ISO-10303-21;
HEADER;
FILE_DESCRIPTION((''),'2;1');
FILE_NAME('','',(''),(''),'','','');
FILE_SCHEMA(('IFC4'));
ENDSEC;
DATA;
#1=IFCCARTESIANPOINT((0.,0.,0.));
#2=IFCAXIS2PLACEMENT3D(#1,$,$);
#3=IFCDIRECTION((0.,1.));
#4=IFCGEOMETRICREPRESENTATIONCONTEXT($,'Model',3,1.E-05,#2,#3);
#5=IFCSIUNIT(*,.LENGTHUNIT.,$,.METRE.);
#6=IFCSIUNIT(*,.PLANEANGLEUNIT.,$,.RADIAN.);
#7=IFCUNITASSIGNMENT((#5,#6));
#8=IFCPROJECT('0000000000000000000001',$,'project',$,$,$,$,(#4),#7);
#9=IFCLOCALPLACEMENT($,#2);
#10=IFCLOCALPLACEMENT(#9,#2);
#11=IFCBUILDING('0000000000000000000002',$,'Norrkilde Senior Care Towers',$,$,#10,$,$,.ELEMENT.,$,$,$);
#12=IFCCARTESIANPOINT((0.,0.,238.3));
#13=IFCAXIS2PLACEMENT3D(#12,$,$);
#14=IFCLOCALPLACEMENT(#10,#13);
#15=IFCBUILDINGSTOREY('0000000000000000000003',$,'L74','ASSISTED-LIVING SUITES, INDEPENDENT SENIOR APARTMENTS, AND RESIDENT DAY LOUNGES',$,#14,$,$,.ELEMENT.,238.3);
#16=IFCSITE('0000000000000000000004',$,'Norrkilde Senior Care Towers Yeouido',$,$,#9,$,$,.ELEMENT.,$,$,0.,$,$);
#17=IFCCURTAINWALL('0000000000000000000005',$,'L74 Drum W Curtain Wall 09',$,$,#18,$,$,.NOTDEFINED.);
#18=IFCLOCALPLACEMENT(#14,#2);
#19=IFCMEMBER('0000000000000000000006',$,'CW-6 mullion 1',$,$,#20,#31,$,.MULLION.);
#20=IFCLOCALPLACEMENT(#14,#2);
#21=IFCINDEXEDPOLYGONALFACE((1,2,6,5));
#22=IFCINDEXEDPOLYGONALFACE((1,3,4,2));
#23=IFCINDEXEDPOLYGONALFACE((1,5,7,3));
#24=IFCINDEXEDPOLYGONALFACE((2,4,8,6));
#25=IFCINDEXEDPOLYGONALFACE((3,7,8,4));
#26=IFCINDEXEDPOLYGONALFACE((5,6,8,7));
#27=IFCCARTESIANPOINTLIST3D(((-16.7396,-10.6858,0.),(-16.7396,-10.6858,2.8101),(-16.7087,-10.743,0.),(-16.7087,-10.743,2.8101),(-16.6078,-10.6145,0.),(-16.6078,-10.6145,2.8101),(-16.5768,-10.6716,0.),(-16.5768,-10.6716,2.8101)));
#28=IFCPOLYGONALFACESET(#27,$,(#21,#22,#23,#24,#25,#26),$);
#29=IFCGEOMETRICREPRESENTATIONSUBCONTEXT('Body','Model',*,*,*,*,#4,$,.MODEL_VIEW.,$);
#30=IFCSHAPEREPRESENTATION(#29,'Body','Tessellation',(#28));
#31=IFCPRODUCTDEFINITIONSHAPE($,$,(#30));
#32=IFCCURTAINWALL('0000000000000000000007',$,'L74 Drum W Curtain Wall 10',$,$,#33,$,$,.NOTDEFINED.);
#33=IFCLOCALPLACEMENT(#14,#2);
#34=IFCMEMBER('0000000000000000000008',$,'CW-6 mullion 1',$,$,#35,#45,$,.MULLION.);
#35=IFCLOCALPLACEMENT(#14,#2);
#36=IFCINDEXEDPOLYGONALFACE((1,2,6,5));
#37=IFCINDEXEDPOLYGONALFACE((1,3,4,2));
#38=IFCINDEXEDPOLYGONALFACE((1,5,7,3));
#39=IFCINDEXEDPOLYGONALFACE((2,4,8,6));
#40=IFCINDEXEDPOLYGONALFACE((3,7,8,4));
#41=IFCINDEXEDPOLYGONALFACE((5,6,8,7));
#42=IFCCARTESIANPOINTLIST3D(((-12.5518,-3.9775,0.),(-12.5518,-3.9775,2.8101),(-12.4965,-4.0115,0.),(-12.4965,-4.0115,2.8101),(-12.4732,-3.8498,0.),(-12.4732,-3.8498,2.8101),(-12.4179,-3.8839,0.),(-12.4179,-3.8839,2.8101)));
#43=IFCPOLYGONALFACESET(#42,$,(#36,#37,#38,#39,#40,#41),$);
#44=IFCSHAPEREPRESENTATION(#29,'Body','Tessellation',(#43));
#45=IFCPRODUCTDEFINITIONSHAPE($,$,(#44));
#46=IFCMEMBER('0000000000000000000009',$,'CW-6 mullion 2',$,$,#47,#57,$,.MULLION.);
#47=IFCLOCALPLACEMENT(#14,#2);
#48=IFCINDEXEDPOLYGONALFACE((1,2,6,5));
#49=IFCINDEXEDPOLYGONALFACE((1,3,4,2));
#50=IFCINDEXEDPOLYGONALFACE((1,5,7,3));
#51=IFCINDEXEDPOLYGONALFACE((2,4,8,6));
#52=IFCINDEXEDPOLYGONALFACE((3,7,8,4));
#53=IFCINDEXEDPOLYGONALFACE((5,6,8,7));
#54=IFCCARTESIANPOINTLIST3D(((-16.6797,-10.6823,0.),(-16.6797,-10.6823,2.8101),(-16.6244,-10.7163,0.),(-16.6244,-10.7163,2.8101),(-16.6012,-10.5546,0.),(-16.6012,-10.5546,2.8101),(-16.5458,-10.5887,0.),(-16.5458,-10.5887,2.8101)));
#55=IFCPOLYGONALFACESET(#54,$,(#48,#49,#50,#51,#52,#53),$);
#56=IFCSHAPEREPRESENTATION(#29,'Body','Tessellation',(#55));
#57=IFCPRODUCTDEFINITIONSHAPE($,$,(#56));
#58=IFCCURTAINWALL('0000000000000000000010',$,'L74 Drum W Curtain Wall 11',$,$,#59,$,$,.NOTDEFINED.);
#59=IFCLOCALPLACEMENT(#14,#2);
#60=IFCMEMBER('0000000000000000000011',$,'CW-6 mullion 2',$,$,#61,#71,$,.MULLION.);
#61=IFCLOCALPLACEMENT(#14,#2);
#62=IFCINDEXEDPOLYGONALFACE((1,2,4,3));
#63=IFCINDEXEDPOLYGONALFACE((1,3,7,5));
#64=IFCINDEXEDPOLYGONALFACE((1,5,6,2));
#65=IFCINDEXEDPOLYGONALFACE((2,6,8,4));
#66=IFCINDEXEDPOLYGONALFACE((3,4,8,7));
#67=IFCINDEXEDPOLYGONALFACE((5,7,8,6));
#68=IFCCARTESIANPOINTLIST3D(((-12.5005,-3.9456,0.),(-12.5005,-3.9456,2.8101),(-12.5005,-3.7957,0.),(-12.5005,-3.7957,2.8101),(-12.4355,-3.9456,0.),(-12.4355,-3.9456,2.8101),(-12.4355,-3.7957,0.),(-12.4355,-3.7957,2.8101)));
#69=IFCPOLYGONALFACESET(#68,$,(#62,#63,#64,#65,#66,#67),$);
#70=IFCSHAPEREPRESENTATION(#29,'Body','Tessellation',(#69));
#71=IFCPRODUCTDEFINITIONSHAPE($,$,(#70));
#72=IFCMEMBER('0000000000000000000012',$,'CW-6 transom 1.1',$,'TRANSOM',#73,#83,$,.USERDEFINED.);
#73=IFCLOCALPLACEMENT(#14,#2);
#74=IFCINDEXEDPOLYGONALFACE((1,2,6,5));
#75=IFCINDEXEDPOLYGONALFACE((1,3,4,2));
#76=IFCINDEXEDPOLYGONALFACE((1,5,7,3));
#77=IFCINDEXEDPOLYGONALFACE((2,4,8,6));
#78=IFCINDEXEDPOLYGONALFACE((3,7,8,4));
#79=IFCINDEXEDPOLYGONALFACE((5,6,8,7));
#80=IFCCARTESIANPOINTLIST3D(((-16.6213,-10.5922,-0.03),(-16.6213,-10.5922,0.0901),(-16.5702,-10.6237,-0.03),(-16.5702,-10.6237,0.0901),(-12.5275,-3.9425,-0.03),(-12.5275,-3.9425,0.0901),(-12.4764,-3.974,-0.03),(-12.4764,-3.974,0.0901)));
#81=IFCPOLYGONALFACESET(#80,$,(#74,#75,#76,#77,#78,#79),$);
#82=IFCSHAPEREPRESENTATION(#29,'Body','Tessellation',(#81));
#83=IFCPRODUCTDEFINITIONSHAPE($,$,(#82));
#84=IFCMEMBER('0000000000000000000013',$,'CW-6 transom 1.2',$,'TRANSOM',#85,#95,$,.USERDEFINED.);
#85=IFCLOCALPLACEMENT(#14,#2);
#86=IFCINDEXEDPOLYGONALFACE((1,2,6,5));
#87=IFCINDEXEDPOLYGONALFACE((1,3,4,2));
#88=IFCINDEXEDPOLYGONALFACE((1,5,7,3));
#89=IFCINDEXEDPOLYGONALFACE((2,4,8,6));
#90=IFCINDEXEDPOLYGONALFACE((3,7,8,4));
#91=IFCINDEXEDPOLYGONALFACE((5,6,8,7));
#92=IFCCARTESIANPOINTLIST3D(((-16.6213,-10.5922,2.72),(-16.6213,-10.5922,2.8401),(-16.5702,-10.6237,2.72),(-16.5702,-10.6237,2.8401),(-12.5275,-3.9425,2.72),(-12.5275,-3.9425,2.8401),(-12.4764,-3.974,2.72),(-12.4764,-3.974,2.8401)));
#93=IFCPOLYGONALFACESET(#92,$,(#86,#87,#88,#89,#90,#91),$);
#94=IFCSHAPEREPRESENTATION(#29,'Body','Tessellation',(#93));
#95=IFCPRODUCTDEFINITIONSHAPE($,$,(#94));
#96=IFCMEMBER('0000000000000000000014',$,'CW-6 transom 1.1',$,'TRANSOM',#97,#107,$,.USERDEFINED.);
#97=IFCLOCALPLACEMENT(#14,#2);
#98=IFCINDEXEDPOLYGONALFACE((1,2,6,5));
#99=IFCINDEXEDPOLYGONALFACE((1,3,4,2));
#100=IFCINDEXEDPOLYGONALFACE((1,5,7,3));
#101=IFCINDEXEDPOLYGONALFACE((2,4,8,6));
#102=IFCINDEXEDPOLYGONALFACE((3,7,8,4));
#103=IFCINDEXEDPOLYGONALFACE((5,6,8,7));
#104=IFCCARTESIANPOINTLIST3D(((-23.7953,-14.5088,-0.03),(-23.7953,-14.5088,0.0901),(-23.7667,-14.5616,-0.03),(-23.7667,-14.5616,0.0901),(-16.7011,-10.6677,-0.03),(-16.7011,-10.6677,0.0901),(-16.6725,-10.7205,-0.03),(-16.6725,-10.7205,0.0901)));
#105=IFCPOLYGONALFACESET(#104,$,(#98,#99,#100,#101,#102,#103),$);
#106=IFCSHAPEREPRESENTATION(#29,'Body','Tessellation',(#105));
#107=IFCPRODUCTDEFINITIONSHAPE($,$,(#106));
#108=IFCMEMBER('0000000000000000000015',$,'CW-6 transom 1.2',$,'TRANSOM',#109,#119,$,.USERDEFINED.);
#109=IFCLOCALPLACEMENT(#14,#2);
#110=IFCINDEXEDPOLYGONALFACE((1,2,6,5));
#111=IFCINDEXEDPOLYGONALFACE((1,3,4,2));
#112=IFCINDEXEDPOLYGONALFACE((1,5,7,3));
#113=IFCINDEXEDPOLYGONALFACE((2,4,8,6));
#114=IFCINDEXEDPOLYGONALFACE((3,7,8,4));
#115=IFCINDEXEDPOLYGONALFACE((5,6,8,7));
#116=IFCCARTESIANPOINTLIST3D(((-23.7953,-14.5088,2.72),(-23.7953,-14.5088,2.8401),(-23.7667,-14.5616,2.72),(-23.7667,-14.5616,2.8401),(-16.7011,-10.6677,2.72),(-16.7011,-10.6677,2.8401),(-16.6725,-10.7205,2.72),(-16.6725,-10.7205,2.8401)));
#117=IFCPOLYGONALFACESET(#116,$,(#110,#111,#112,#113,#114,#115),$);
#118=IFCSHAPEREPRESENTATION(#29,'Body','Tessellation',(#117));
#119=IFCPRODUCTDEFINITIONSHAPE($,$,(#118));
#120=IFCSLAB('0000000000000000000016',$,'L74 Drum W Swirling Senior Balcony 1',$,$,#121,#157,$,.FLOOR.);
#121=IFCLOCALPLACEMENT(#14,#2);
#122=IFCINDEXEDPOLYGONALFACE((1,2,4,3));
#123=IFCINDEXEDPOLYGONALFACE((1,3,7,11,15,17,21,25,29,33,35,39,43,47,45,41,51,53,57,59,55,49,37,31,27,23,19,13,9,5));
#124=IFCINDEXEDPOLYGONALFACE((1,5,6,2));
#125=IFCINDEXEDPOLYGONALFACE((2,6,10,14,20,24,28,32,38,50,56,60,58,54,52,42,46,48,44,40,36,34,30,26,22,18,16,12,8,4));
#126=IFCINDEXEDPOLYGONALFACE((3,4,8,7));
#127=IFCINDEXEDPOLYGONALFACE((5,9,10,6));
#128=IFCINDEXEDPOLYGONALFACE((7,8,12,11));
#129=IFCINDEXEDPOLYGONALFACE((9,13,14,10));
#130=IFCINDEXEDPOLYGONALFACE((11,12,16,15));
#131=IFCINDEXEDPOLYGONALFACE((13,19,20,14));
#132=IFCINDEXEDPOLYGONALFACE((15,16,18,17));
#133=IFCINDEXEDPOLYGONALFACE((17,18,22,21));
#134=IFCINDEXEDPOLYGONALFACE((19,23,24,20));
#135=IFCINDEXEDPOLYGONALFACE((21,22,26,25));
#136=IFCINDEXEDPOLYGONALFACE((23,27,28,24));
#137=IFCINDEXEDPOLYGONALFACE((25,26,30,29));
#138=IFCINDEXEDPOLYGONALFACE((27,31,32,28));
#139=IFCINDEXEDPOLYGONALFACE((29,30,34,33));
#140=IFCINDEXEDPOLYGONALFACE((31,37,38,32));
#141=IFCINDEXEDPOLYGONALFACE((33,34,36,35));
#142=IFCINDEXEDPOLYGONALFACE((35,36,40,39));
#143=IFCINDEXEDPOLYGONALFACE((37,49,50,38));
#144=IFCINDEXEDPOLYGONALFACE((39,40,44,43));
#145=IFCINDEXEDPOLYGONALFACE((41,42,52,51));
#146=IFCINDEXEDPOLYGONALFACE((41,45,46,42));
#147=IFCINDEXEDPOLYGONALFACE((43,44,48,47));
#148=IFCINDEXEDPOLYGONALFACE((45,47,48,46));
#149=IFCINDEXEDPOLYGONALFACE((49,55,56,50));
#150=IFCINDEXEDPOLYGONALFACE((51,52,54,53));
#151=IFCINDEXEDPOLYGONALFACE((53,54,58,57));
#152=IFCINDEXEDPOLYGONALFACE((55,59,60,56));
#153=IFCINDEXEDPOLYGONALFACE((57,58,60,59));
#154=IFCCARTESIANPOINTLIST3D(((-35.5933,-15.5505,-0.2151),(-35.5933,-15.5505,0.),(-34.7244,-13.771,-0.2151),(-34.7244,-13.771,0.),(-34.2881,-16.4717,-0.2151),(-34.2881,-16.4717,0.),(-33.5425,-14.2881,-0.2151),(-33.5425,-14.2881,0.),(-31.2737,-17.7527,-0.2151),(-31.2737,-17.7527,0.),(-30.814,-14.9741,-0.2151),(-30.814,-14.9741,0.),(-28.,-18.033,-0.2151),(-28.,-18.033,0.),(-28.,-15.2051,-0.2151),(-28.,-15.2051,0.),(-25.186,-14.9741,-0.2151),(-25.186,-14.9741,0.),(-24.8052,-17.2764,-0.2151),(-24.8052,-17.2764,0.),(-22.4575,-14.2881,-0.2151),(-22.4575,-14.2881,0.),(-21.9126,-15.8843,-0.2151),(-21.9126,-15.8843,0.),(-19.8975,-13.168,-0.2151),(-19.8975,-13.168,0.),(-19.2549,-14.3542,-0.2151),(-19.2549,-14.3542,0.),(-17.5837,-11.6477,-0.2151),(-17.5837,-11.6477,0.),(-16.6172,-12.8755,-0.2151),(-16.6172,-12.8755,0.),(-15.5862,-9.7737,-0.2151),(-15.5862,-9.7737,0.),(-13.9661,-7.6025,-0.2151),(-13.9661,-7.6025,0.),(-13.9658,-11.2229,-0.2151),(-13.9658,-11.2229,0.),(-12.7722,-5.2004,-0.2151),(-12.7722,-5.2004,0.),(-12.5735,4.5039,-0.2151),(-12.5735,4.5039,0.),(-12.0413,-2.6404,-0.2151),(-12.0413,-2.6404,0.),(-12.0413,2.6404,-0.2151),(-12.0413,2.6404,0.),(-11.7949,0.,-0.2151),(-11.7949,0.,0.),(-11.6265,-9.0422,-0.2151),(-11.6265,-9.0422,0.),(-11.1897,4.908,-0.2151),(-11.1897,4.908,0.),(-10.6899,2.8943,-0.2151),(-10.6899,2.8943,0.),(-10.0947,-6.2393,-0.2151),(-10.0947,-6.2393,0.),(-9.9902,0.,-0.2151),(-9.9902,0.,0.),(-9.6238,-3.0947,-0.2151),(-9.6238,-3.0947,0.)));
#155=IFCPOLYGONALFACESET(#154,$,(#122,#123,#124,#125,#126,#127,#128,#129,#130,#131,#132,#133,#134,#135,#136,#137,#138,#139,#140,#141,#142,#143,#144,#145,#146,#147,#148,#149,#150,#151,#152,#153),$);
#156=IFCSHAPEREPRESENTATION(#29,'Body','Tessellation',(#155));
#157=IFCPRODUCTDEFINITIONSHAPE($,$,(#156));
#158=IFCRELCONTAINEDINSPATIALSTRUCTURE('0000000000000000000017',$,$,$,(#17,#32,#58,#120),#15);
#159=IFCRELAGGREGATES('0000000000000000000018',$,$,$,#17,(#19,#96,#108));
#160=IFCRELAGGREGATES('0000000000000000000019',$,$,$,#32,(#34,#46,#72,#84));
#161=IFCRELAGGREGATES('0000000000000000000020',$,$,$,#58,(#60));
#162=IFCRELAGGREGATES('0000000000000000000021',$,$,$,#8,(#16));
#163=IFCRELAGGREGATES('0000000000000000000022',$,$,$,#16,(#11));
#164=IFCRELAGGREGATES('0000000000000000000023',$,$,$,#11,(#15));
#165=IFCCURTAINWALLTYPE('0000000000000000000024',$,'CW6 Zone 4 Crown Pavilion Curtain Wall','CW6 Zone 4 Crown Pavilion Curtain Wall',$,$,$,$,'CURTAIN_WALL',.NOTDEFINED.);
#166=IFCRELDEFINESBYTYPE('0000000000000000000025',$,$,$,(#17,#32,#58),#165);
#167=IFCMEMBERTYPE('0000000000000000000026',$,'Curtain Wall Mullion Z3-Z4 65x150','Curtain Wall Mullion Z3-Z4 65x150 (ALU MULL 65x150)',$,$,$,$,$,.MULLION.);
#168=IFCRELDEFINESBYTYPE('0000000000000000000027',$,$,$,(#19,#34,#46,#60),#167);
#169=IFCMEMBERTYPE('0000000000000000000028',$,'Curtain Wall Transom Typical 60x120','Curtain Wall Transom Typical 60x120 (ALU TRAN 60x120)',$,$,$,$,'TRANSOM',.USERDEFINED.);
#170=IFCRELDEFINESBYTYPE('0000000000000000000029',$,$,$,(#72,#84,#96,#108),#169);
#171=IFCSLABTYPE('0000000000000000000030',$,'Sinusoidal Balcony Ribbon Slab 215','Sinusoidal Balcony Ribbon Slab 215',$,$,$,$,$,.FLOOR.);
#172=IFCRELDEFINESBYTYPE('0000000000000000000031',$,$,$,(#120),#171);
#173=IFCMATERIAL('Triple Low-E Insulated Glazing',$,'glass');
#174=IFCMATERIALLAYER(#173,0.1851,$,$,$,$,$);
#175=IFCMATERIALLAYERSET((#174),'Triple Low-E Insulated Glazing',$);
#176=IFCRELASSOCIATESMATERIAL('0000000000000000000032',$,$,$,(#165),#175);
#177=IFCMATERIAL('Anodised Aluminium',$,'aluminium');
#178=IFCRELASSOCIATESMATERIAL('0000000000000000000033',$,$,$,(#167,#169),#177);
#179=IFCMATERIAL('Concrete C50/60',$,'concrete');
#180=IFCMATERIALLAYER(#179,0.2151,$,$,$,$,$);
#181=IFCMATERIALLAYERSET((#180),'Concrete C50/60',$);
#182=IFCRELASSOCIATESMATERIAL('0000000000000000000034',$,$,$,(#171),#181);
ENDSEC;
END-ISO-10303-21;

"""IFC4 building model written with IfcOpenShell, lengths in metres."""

from ifc_helpers import new_model, si_unit, direction, frame, origin, origin_2d, place, context, subcontext, project, spatial, polyline, rectangle, outline, extrude, source, transform, mapped, material, layer, layer_set, material_profile, profile_set, type_object, type_shapes, element, aggregate, save


model = new_model("IFC4")

# Units and contexts
model_context = context("Model", 3, precision=1e-05, world=origin(), true_north=direction((0.0, 1.0)))
body_context = subcontext(model_context, "Body", "Model", "MODEL_VIEW")
ifc_project = project(units=[si_unit("LENGTHUNIT", "METRE"), si_unit("PLANEANGLEUNIT", "RADIAN")], contexts=[model_context])

# Site, building, storey
site_placement = place(None, origin())
site = spatial("IfcSite", under=ifc_project, at=site_placement, Name="Norrkilde Senior Care Towers Yeouido", CompositionType="ELEMENT", RefElevation=0.0)
building_placement = place(site_placement, origin())
building = spatial("IfcBuilding", under=site, at=building_placement, Name="Norrkilde Senior Care Towers", CompositionType="ELEMENT")
storey_placement = place(building_placement, frame((0.0, 0.0, 238.3)))
storey = spatial("IfcBuildingStorey", under=building, at=storey_placement, Name="L74", Description="ASSISTED-LIVING SUITES, INDEPENDENT SENIOR APARTMENTS, AND RESIDENT DAY LOUNGES", CompositionType="ELEMENT", Elevation=238.3)

# Shared definitions
ifc_material_1 = material(Name="Concrete C50/60", Category="concrete")

# Curtain wall, member
ifc_material_2 = material(Name="Triple Low-E Insulated Glazing", Category="glass")
ifc_layer_1 = layer(ifc_material_2, 0.1851)
ifc_layer_set_1 = layer_set([ifc_layer_1], Name="Triple Low-E Insulated Glazing")
curtain_wall_type = type_object("IfcCurtainWallType", Name="CW6 Zone 4 Crown Pavilion Curtain Wall", Description="CW6 Zone 4 Crown Pavilion Curtain Wall", ElementType="CURTAIN_WALL", PredefinedType="NOTDEFINED", material=ifc_layer_set_1)
curtain_wall_1_placement = place(storey_placement, origin())
curtain_wall_1 = element("IfcCurtainWall", 1, at=curtain_wall_1_placement, inside=storey, type_object=curtain_wall_type, Name="L74 Drum W Curtain Wall 09", PredefinedType="NOTDEFINED")
ifc_material_3 = material(Name="Anodised Aluminium", Category="aluminium")
ifc_material_profile_1 = material_profile(ifc_material_3, rectangle(XDim=0.0649, YDim=0.1499, at=origin_2d()), Name="ALU MULL 65x150")
ifc_profile_set_1 = profile_set([ifc_material_profile_1], Name="Anodised Aluminium")
member_type_1 = type_object("IfcMemberType", Name="Curtain Wall Mullion Z3-Z4 65x150", Description="Curtain Wall Mullion Z3-Z4 65x150 (ALU MULL 65x150)", PredefinedType="MULLION", material=ifc_profile_set_1)
shared_shape_1 = source(origin(), body_context, "Body", "SweptSolid", [
    extrude(rectangle(XDim=0.0649, YDim=0.1499, at=origin_2d()), origin(), (0.0, 0.0, 1.0), 2.8101),
])
type_shapes(member_type_1, [shared_shape_1])
member_1_placement = place(storey_placement, frame((-16.6582, -10.6787, 0.0), z_axis=(0.0, 0.0, 1.0), x_axis=(0.476133, -0.879373, 0.0)))
member_1 = element("IfcMember", 2, at=member_1_placement, type_object=member_type_1, Name="CW-6 mullion 1", PredefinedType="MULLION", context=body_context, shape_type="MappedRepresentation", body=[
    mapped(shared_shape_1, transform((0.0, 0.0, 0.0), x_axis=(1.0, 0.0, 0.0), y_axis=(0.0, 1.0, 0.0), z_axis=(0.0, 0.0, 1.0), scale=1.0)),
])

# Curtain wall, members
curtain_wall_2_placement = place(storey_placement, origin())
curtain_wall_2 = element("IfcCurtainWall", 3, at=curtain_wall_2_placement, inside=storey, type_object=curtain_wall_type, Name="L74 Drum W Curtain Wall 10", PredefinedType="NOTDEFINED")
member_2_placement = place(storey_placement, frame((-12.4849, -3.9307, 0.0), z_axis=(0.0, 0.0, 1.0), x_axis=(0.851563, -0.524253, 0.0)))
member_2 = element("IfcMember", 4, at=member_2_placement, type_object=member_type_1, Name="CW-6 mullion 1", PredefinedType="MULLION", context=body_context, shape_type="MappedRepresentation", body=[
    mapped(shared_shape_1, transform((0.0, 0.0, 0.0), x_axis=(1.0, 0.0, 0.0), y_axis=(0.0, 1.0, 0.0), z_axis=(0.0, 0.0, 1.0), scale=1.0)),
])
member_3_placement = place(storey_placement, frame((-16.6128, -10.6355, 0.0), z_axis=(0.0, 0.0, 1.0), x_axis=(0.851563, -0.524253, 0.0)))
member_3 = element("IfcMember", 5, at=member_3_placement, type_object=member_type_1, Name="CW-6 mullion 2", PredefinedType="MULLION", context=body_context, shape_type="MappedRepresentation", body=[
    mapped(shared_shape_1, transform((0.0, 0.0, 0.0), x_axis=(1.0, 0.0, 0.0), y_axis=(0.0, 1.0, 0.0), z_axis=(0.0, 0.0, 1.0), scale=1.0)),
])

# Curtain wall, member
curtain_wall_3_placement = place(storey_placement, origin())
curtain_wall_3 = element("IfcCurtainWall", 6, at=curtain_wall_3_placement, inside=storey, type_object=curtain_wall_type, Name="L74 Drum W Curtain Wall 11", PredefinedType="NOTDEFINED")
member_4_placement = place(storey_placement, frame((-12.468, -3.8706, 0.0), z_axis=(0.0, 0.0, 1.0), x_axis=(1.0, 0.0, 0.0)))
member_4 = element("IfcMember", 7, at=member_4_placement, type_object=member_type_1, Name="CW-6 mullion 2", PredefinedType="MULLION", context=body_context, shape_type="MappedRepresentation", body=[
    mapped(shared_shape_1, transform((0.0, 0.0, 0.0), x_axis=(1.0, 0.0, 0.0), y_axis=(0.0, 1.0, 0.0), z_axis=(0.0, 0.0, 1.0), scale=1.0)),
])

# Members
ifc_material_profile_2 = material_profile(ifc_material_3, rectangle(XDim=0.0601, YDim=0.1201, at=origin_2d()), Name="ALU TRAN 60x120")
ifc_profile_set_2 = profile_set([ifc_material_profile_2], Name="Anodised Aluminium")
member_type_2 = type_object("IfcMemberType", Name="Curtain Wall Transom Typical 60x120", Description="Curtain Wall Transom Typical 60x120 (ALU TRAN 60x120)", ElementType="TRANSOM", PredefinedType="USERDEFINED", material=ifc_profile_set_2)
shared_shape_2 = source(origin(), body_context, "Body", "SweptSolid", [
    extrude(rectangle(XDim=0.0601, YDim=0.1201, at=origin_2d()), origin(), (0.0, 0.0, 1.0), 7.8088),
])
member_5_placement = place(storey_placement, frame((-12.502, -3.9583, 0.03), z_axis=(-0.524251, -0.851564, 0.0), x_axis=(0.851564, -0.524251, 0.0)))
member_5 = element("IfcMember", 8, at=member_5_placement, type_object=member_type_2, Name="CW-6 transom 1.1", ObjectType="TRANSOM", PredefinedType="USERDEFINED", context=body_context, shape_type="MappedRepresentation", body=[
    mapped(shared_shape_2, transform((0.0, 0.0, 0.0), x_axis=(1.0, 0.0, 0.0), y_axis=(0.0, 1.0, 0.0), z_axis=(0.0, 0.0, 1.0), scale=1.0)),
])
member_6_placement = place(storey_placement, frame((-12.502, -3.9583, 2.78), z_axis=(-0.524251, -0.851564, 0.0), x_axis=(0.851564, -0.524251, 0.0)))
member_6 = element("IfcMember", 9, at=member_6_placement, type_object=member_type_2, Name="CW-6 transom 1.2", ObjectType="TRANSOM", PredefinedType="USERDEFINED", context=body_context, shape_type="MappedRepresentation", body=[
    mapped(shared_shape_2, transform((0.0, 0.0, 0.0), x_axis=(1.0, 0.0, 0.0), y_axis=(0.0, 1.0, 0.0), z_axis=(0.0, 0.0, 1.0), scale=1.0)),
])
shared_shape_3 = source(origin(), body_context, "Body", "SweptSolid", [
    extrude(rectangle(XDim=0.0601, YDim=0.1201, at=origin_2d()), origin(), (0.0, 0.0, 1.0), 8.0674),
])
type_shapes(member_type_2, [shared_shape_2, shared_shape_3])
member_7_placement = place(storey_placement, frame((-16.6868, -10.6941, 0.03), z_axis=(-0.879378, -0.476125, 0.0), x_axis=(0.476125, -0.879378, 0.0)))
member_7 = element("IfcMember", 10, at=member_7_placement, type_object=member_type_2, Name="CW-6 transom 1.1", ObjectType="TRANSOM", PredefinedType="USERDEFINED", context=body_context, shape_type="MappedRepresentation", body=[
    mapped(shared_shape_3, transform((0.0, 0.0, 0.0), x_axis=(1.0, 0.0, 0.0), y_axis=(0.0, 1.0, 0.0), z_axis=(0.0, 0.0, 1.0), scale=1.0)),
])
member_8_placement = place(storey_placement, frame((-16.6868, -10.6941, 2.78), z_axis=(-0.879378, -0.476125, 0.0), x_axis=(0.476125, -0.879378, 0.0)))
member_8 = element("IfcMember", 11, at=member_8_placement, type_object=member_type_2, Name="CW-6 transom 1.2", ObjectType="TRANSOM", PredefinedType="USERDEFINED", context=body_context, shape_type="MappedRepresentation", body=[
    mapped(shared_shape_3, transform((0.0, 0.0, 0.0), x_axis=(1.0, 0.0, 0.0), y_axis=(0.0, 1.0, 0.0), z_axis=(0.0, 0.0, 1.0), scale=1.0)),
])
aggregate(curtain_wall_1, [member_1, member_7, member_8])

# Slab
ifc_layer_2 = layer(ifc_material_1, 0.2151)
ifc_layer_set_2 = layer_set([ifc_layer_2], Name="Concrete C50/60")
slab_type_1 = type_object("IfcSlabType", Name="Sinusoidal Balcony Ribbon Slab 215", Description="Sinusoidal Balcony Ribbon Slab 215", PredefinedType="FLOOR", material=ifc_layer_set_2)
slab_1_placement = place(storey_placement, frame((0.0, 0.0, -0.2151)))
element("IfcSlab", 12, at=slab_1_placement, inside=storey, type_object=slab_type_1, Name="L74 Drum W Swirling Senior Balcony 1", PredefinedType="FLOOR", context=body_context, shape_type="SweptSolid", body=[
    extrude(outline(polyline([(-11.6265, -9.0422), (-13.9658, -11.2229), (-16.6172, -12.8755), (-19.2549, -14.3542), (-21.9126, -15.8843), (-24.8052, -17.2764), (-28.0, -18.033), (-31.2737, -17.7527), (-34.2881, -16.4717), (-35.5933, -15.5505), (-34.7244, -13.771), (-33.5425, -14.2881), (-30.814, -14.9741), (-28.0, -15.2051), (-25.186, -14.9741), (-22.4575, -14.2881), (-19.8975, -13.168), (-17.5837, -11.6477), (-15.5862, -9.7737), (-13.9661, -7.6025), (-12.7722, -5.2004), (-12.0413, -2.6404), (-11.7949, 0.0), (-12.0413, 2.6404), (-12.5735, 4.5039), (-11.1897, 4.908), (-10.6899, 2.8943), (-9.9902, 0.0), (-9.6238, -3.0947), (-10.0947, -6.2393), (-11.6265, -9.0422)])), origin(), (0.0, 0.0, 1.0), 0.2151),
])

aggregate(curtain_wall_2, [member_2, member_3, member_5, member_6])
aggregate(curtain_wall_3, [member_4])

save(model, "model.ifc")
